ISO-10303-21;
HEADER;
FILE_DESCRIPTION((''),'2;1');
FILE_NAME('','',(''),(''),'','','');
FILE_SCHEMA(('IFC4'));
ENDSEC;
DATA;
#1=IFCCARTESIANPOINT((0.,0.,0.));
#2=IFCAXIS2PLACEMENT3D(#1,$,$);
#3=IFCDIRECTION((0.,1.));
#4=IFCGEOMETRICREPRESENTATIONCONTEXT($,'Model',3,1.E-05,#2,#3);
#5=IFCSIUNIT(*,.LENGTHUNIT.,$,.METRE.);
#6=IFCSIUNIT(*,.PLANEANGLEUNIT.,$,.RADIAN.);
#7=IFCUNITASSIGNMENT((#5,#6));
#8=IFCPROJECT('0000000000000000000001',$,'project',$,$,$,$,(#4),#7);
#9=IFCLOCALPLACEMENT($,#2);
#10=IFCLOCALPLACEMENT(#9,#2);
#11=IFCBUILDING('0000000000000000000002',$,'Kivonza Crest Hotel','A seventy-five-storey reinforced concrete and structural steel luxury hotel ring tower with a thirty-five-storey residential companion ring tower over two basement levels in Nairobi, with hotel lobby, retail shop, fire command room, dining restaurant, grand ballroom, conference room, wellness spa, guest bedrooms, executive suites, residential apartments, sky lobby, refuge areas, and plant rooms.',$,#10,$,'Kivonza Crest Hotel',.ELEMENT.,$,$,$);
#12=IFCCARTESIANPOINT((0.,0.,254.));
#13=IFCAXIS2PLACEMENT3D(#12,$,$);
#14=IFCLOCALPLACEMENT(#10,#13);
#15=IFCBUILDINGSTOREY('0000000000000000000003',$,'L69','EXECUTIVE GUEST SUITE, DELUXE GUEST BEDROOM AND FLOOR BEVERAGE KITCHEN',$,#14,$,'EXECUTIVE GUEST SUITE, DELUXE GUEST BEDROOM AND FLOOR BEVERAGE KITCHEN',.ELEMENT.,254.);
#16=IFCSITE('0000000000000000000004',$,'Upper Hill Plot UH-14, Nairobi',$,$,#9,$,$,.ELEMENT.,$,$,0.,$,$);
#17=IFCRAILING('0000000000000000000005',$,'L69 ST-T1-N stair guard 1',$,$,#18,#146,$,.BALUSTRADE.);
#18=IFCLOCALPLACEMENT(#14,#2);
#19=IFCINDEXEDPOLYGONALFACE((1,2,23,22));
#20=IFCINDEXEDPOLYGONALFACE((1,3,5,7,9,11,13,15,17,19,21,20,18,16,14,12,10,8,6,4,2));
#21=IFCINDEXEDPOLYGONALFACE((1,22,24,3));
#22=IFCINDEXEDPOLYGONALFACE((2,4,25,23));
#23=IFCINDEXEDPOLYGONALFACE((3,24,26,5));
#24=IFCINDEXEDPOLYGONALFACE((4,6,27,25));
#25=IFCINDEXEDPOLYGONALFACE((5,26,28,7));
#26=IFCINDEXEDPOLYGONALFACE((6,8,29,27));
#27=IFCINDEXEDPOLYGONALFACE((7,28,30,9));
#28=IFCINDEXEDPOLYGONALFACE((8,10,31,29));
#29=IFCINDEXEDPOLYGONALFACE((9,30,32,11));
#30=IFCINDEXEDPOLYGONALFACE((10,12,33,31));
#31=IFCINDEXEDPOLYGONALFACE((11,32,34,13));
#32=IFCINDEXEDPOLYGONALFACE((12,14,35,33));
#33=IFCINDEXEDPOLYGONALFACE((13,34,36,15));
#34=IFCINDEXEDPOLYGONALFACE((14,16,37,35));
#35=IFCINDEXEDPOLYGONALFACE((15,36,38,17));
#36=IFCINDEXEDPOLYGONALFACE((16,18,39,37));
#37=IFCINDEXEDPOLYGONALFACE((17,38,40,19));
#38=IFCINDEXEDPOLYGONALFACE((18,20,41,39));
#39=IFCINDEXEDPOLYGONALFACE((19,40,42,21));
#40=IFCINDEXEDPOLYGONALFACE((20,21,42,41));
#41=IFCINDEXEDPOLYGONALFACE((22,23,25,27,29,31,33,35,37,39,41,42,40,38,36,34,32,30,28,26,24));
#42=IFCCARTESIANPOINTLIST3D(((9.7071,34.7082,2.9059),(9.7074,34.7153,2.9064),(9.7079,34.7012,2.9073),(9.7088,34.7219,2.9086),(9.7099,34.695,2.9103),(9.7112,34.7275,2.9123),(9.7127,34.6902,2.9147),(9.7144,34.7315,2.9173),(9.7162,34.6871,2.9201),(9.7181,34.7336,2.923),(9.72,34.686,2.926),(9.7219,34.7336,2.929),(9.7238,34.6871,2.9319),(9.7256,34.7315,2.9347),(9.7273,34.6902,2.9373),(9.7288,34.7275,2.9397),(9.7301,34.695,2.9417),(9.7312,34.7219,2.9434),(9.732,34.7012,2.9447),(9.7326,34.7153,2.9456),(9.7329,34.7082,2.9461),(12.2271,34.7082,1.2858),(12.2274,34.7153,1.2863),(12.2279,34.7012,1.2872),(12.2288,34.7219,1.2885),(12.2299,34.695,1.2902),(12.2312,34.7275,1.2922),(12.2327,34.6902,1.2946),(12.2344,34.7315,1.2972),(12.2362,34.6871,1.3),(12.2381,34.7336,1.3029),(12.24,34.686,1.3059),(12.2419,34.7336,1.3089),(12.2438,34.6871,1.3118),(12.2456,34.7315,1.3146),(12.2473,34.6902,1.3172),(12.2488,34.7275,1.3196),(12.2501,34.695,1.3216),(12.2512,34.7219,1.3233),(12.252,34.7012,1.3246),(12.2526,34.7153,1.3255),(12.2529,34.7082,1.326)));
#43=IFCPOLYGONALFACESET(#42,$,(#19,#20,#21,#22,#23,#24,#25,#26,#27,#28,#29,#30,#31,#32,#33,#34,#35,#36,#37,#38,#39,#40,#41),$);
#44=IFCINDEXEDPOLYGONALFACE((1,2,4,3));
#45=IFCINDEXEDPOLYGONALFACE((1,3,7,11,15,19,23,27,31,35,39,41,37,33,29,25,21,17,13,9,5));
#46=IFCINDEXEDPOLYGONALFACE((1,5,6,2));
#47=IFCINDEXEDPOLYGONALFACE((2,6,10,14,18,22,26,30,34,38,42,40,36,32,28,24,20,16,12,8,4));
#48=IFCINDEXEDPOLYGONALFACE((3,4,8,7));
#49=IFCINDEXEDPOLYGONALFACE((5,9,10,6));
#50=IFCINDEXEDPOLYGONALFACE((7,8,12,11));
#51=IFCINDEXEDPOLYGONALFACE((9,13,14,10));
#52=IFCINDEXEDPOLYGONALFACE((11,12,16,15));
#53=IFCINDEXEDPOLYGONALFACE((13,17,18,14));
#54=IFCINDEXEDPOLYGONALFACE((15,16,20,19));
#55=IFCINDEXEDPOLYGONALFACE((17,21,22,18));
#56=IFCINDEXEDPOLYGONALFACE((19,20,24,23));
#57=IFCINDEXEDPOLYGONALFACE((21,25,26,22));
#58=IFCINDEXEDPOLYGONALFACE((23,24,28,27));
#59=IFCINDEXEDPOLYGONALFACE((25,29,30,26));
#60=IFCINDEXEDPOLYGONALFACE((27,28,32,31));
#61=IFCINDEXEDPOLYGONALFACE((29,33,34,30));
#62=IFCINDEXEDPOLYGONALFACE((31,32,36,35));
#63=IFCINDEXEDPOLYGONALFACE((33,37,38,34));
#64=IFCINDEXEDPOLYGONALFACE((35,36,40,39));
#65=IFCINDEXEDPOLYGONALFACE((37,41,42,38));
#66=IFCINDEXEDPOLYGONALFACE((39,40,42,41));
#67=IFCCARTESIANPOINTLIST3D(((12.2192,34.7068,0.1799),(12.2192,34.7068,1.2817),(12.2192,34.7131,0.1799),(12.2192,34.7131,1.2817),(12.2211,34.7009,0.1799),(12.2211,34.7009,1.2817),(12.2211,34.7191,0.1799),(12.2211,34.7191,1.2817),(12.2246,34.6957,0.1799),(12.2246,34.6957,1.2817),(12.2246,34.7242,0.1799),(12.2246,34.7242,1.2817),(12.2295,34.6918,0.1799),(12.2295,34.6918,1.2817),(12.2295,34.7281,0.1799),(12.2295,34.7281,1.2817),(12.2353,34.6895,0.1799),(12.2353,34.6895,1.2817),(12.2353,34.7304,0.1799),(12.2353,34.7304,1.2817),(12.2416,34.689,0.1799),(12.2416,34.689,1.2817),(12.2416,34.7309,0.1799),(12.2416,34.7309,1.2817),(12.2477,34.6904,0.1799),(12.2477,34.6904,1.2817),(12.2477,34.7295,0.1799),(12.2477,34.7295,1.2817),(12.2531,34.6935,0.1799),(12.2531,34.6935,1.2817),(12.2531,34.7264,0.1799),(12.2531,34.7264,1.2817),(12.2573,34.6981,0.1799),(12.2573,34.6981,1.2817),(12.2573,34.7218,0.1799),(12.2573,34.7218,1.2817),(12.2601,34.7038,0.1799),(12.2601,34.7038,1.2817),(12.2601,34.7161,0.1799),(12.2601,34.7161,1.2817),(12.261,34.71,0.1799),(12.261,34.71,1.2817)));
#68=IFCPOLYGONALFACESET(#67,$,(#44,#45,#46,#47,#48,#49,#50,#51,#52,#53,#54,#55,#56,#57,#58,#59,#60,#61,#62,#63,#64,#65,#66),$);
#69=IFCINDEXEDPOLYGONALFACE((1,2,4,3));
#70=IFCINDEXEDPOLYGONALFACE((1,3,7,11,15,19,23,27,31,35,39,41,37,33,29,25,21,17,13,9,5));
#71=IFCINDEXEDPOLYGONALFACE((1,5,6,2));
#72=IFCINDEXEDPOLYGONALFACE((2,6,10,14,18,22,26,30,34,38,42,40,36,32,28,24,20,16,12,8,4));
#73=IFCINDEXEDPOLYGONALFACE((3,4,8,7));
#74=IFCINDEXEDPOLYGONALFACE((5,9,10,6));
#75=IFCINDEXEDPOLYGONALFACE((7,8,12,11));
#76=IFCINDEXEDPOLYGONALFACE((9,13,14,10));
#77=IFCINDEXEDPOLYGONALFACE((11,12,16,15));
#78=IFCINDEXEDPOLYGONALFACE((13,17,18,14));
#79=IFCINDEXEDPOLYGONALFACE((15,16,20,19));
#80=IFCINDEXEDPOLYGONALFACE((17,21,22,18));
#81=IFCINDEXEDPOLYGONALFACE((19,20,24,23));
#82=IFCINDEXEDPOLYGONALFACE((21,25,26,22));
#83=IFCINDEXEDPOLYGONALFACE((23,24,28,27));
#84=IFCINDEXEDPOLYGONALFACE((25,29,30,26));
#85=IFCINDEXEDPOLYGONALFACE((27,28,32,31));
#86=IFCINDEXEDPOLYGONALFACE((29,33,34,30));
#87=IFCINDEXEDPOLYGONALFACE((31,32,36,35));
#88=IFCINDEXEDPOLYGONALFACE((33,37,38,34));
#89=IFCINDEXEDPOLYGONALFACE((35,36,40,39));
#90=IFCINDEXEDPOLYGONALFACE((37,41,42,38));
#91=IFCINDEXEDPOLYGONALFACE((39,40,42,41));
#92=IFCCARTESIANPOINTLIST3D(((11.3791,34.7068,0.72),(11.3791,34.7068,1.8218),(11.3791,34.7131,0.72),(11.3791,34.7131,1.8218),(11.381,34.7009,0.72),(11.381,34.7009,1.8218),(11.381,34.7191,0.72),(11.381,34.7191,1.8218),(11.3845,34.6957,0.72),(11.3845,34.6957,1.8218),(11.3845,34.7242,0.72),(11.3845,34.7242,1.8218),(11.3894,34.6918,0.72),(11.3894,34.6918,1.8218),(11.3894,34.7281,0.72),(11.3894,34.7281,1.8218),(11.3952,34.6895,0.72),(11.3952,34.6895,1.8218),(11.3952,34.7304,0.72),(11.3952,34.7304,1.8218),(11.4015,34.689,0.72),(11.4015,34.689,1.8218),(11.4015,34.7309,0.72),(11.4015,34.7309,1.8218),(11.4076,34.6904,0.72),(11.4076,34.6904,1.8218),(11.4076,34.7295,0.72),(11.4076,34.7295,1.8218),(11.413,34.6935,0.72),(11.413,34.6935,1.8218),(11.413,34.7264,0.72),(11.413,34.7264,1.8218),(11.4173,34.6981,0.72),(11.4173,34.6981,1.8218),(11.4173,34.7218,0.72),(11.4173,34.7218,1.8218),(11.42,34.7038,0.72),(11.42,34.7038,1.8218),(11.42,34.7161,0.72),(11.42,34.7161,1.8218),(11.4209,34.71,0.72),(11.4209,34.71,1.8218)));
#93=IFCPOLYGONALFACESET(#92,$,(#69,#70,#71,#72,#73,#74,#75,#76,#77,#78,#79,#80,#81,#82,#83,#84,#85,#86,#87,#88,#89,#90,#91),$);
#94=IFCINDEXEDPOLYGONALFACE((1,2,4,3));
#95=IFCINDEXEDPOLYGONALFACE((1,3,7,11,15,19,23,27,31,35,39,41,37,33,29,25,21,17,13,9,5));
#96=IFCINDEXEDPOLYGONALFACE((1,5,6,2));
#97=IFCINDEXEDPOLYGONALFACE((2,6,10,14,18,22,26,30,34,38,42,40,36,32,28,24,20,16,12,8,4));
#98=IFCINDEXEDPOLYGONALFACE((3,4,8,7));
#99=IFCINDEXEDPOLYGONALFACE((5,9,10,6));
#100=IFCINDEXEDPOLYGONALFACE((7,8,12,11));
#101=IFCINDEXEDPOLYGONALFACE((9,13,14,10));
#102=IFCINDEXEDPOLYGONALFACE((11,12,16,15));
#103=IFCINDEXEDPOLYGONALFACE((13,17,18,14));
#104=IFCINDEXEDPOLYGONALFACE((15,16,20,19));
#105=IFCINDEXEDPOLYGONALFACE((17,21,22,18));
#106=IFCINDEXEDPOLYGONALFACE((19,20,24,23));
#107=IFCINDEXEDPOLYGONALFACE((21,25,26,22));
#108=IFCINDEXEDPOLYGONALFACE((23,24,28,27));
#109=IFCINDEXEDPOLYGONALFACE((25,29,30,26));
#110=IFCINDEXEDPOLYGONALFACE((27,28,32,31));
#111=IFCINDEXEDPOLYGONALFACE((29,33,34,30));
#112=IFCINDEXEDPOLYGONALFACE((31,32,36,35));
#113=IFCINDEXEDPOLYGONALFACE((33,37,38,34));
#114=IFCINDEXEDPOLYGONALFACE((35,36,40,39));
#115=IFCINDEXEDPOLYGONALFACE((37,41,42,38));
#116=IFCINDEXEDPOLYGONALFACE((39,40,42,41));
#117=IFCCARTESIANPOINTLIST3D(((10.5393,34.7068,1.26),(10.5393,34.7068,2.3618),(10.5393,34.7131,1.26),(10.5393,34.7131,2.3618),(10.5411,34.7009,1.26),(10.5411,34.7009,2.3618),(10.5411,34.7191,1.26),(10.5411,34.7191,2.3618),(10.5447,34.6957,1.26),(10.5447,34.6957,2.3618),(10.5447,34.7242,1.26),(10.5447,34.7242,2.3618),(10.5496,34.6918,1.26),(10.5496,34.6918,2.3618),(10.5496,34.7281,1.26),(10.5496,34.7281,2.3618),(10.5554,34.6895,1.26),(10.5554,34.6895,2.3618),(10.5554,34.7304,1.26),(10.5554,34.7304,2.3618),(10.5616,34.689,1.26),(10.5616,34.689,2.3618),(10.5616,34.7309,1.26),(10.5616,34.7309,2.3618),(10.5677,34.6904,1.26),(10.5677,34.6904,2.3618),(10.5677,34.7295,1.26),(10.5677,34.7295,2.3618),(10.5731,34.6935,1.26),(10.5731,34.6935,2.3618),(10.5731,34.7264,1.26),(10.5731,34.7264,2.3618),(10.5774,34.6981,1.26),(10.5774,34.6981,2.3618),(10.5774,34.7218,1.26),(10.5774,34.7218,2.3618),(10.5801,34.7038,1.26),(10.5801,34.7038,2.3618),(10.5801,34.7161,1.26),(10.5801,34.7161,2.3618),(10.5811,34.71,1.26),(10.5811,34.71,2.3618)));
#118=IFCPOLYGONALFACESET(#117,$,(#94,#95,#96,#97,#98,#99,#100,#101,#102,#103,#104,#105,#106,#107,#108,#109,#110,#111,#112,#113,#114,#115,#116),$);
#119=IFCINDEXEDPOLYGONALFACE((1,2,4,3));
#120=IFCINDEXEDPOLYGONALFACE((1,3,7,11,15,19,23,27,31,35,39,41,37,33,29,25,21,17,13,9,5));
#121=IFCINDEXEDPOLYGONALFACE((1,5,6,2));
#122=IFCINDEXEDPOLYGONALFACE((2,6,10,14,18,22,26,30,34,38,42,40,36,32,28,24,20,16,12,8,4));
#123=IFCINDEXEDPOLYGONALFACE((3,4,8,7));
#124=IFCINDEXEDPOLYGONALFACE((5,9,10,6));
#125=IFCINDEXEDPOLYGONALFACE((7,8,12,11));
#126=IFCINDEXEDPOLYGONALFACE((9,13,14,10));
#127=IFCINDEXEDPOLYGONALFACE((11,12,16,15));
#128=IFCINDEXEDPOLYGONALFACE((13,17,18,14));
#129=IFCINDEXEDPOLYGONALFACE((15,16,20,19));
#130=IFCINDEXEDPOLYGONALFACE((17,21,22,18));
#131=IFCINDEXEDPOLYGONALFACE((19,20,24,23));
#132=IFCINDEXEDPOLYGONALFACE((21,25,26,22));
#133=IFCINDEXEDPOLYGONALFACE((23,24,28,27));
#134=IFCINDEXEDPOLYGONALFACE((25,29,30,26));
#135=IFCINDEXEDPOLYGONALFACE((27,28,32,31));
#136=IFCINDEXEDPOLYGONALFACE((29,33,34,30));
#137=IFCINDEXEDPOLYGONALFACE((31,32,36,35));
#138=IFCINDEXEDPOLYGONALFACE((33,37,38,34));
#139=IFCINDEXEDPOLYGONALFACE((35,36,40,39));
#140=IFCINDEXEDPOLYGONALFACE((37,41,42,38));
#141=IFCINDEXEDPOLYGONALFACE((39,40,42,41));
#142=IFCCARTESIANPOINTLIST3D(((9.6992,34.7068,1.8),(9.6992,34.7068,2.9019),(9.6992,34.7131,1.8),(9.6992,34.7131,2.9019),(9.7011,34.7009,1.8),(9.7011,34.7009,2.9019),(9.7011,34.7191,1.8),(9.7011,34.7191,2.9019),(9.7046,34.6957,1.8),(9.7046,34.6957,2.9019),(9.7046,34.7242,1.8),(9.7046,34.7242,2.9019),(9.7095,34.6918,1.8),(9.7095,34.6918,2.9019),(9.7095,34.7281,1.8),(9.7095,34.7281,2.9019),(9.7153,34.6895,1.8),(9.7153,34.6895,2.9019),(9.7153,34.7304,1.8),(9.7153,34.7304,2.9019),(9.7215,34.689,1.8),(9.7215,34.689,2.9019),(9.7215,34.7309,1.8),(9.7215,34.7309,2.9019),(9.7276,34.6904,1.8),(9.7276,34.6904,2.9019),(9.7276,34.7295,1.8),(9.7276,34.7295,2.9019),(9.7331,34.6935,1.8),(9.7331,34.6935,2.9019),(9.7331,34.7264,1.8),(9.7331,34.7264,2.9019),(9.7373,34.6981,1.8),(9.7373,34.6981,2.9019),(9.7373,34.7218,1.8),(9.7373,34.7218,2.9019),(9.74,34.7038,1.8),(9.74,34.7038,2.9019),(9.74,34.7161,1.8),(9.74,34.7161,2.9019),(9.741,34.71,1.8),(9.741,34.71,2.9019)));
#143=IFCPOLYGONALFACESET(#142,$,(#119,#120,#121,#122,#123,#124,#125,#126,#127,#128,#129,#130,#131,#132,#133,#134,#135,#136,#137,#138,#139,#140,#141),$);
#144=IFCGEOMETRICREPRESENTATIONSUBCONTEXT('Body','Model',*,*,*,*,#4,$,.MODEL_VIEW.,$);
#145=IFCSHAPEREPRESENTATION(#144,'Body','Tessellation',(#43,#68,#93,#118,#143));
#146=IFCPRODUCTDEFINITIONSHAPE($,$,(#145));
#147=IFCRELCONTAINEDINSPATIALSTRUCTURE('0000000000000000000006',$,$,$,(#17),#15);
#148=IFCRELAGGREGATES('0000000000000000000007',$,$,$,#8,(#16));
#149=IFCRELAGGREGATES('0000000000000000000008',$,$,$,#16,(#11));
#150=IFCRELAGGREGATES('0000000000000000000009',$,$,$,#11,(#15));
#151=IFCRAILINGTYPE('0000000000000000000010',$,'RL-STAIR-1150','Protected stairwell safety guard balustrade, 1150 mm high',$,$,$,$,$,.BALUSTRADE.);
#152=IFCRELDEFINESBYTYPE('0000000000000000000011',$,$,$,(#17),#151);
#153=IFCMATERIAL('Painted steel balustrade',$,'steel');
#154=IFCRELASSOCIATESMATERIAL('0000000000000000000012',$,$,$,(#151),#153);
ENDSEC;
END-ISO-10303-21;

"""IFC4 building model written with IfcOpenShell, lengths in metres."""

from ifc_helpers import new_model, si_unit, direction, frame, origin, origin_2d, place, context, subcontext, project, spatial, circle, extrude, material, type_object, element, save


model = new_model("IFC4")

# Units and contexts
model_context = context("Model", 3, precision=1e-05, world=origin(), true_north=direction((0.0, 1.0)))
body_context = subcontext(model_context, "Body", "Model", "MODEL_VIEW")
ifc_project = project(units=[si_unit("LENGTHUNIT", "METRE"), si_unit("PLANEANGLEUNIT", "RADIAN")], contexts=[model_context])

# Site, building, storey
site_placement = place(None, origin())
site = spatial("IfcSite", under=ifc_project, at=site_placement, Name="Upper Hill Plot UH-14, Nairobi", CompositionType="ELEMENT", RefElevation=0.0)
building_placement = place(site_placement, origin())
building = spatial("IfcBuilding", under=site, at=building_placement, Name="Kivonza Crest Hotel", Description="A seventy-five-storey reinforced concrete and structural steel luxury hotel ring tower with a thirty-five-storey residential companion ring tower over two basement levels in Nairobi, with hotel lobby, retail shop, fire command room, dining restaurant, grand ballroom, conference room, wellness spa, guest bedrooms, executive suites, residential apartments, sky lobby, refuge areas, and plant rooms.", LongName="Kivonza Crest Hotel", CompositionType="ELEMENT")
storey_placement = place(building_placement, frame((0.0, 0.0, 254.0)))
storey = spatial("IfcBuildingStorey", under=building, at=storey_placement, Name="L69", Description="EXECUTIVE GUEST SUITE, DELUXE GUEST BEDROOM AND FLOOR BEVERAGE KITCHEN", LongName="EXECUTIVE GUEST SUITE, DELUXE GUEST BEDROOM AND FLOOR BEVERAGE KITCHEN", CompositionType="ELEMENT", Elevation=254.0)

# Railing
ifc_material_1 = material(Name="Painted steel balustrade", Category="steel")
railing_type_1 = type_object("IfcRailingType", Name="RL-STAIR-1150", Description="Protected stairwell safety guard balustrade, 1150 mm high", PredefinedType="BALUSTRADE", material=ifc_material_1)
railing_1_placement = place(storey_placement, frame((12.24, 34.71, 0.1799)))
element("IfcRailing", 1, at=railing_1_placement, inside=storey, type_object=railing_type_1, Name="L69 ST-T1-N stair guard 1", PredefinedType="BALUSTRADE", context=body_context, shape_type="SweptSolid", body=[
    extrude(circle(Radius=0.0239, at=origin_2d()), frame((0.0, 0.0, 1.126), z_axis=(-0.841163, 0.0, 0.540782), x_axis=(0.0, -1.0, 0.0)), (0.0, 0.0, 1.0), 2.9958),
    extrude(circle(Radius=0.021, at=origin_2d()), origin(), (0.0, 0.0, 1.0), 1.1018),
    extrude(circle(Radius=0.021, at=origin_2d()), frame((-0.8401, 0.0, 0.54)), (0.0, 0.0, 1.0), 1.1018),
    extrude(circle(Radius=0.021, at=origin_2d()), frame((-1.6799, 0.0, 1.0801)), (0.0, 0.0, 1.0), 1.1018),
    extrude(circle(Radius=0.021, at=origin_2d()), frame((-2.52, 0.0, 1.6201)), (0.0, 0.0, 1.0), 1.1018),
])

save(model, "model.ifc")
